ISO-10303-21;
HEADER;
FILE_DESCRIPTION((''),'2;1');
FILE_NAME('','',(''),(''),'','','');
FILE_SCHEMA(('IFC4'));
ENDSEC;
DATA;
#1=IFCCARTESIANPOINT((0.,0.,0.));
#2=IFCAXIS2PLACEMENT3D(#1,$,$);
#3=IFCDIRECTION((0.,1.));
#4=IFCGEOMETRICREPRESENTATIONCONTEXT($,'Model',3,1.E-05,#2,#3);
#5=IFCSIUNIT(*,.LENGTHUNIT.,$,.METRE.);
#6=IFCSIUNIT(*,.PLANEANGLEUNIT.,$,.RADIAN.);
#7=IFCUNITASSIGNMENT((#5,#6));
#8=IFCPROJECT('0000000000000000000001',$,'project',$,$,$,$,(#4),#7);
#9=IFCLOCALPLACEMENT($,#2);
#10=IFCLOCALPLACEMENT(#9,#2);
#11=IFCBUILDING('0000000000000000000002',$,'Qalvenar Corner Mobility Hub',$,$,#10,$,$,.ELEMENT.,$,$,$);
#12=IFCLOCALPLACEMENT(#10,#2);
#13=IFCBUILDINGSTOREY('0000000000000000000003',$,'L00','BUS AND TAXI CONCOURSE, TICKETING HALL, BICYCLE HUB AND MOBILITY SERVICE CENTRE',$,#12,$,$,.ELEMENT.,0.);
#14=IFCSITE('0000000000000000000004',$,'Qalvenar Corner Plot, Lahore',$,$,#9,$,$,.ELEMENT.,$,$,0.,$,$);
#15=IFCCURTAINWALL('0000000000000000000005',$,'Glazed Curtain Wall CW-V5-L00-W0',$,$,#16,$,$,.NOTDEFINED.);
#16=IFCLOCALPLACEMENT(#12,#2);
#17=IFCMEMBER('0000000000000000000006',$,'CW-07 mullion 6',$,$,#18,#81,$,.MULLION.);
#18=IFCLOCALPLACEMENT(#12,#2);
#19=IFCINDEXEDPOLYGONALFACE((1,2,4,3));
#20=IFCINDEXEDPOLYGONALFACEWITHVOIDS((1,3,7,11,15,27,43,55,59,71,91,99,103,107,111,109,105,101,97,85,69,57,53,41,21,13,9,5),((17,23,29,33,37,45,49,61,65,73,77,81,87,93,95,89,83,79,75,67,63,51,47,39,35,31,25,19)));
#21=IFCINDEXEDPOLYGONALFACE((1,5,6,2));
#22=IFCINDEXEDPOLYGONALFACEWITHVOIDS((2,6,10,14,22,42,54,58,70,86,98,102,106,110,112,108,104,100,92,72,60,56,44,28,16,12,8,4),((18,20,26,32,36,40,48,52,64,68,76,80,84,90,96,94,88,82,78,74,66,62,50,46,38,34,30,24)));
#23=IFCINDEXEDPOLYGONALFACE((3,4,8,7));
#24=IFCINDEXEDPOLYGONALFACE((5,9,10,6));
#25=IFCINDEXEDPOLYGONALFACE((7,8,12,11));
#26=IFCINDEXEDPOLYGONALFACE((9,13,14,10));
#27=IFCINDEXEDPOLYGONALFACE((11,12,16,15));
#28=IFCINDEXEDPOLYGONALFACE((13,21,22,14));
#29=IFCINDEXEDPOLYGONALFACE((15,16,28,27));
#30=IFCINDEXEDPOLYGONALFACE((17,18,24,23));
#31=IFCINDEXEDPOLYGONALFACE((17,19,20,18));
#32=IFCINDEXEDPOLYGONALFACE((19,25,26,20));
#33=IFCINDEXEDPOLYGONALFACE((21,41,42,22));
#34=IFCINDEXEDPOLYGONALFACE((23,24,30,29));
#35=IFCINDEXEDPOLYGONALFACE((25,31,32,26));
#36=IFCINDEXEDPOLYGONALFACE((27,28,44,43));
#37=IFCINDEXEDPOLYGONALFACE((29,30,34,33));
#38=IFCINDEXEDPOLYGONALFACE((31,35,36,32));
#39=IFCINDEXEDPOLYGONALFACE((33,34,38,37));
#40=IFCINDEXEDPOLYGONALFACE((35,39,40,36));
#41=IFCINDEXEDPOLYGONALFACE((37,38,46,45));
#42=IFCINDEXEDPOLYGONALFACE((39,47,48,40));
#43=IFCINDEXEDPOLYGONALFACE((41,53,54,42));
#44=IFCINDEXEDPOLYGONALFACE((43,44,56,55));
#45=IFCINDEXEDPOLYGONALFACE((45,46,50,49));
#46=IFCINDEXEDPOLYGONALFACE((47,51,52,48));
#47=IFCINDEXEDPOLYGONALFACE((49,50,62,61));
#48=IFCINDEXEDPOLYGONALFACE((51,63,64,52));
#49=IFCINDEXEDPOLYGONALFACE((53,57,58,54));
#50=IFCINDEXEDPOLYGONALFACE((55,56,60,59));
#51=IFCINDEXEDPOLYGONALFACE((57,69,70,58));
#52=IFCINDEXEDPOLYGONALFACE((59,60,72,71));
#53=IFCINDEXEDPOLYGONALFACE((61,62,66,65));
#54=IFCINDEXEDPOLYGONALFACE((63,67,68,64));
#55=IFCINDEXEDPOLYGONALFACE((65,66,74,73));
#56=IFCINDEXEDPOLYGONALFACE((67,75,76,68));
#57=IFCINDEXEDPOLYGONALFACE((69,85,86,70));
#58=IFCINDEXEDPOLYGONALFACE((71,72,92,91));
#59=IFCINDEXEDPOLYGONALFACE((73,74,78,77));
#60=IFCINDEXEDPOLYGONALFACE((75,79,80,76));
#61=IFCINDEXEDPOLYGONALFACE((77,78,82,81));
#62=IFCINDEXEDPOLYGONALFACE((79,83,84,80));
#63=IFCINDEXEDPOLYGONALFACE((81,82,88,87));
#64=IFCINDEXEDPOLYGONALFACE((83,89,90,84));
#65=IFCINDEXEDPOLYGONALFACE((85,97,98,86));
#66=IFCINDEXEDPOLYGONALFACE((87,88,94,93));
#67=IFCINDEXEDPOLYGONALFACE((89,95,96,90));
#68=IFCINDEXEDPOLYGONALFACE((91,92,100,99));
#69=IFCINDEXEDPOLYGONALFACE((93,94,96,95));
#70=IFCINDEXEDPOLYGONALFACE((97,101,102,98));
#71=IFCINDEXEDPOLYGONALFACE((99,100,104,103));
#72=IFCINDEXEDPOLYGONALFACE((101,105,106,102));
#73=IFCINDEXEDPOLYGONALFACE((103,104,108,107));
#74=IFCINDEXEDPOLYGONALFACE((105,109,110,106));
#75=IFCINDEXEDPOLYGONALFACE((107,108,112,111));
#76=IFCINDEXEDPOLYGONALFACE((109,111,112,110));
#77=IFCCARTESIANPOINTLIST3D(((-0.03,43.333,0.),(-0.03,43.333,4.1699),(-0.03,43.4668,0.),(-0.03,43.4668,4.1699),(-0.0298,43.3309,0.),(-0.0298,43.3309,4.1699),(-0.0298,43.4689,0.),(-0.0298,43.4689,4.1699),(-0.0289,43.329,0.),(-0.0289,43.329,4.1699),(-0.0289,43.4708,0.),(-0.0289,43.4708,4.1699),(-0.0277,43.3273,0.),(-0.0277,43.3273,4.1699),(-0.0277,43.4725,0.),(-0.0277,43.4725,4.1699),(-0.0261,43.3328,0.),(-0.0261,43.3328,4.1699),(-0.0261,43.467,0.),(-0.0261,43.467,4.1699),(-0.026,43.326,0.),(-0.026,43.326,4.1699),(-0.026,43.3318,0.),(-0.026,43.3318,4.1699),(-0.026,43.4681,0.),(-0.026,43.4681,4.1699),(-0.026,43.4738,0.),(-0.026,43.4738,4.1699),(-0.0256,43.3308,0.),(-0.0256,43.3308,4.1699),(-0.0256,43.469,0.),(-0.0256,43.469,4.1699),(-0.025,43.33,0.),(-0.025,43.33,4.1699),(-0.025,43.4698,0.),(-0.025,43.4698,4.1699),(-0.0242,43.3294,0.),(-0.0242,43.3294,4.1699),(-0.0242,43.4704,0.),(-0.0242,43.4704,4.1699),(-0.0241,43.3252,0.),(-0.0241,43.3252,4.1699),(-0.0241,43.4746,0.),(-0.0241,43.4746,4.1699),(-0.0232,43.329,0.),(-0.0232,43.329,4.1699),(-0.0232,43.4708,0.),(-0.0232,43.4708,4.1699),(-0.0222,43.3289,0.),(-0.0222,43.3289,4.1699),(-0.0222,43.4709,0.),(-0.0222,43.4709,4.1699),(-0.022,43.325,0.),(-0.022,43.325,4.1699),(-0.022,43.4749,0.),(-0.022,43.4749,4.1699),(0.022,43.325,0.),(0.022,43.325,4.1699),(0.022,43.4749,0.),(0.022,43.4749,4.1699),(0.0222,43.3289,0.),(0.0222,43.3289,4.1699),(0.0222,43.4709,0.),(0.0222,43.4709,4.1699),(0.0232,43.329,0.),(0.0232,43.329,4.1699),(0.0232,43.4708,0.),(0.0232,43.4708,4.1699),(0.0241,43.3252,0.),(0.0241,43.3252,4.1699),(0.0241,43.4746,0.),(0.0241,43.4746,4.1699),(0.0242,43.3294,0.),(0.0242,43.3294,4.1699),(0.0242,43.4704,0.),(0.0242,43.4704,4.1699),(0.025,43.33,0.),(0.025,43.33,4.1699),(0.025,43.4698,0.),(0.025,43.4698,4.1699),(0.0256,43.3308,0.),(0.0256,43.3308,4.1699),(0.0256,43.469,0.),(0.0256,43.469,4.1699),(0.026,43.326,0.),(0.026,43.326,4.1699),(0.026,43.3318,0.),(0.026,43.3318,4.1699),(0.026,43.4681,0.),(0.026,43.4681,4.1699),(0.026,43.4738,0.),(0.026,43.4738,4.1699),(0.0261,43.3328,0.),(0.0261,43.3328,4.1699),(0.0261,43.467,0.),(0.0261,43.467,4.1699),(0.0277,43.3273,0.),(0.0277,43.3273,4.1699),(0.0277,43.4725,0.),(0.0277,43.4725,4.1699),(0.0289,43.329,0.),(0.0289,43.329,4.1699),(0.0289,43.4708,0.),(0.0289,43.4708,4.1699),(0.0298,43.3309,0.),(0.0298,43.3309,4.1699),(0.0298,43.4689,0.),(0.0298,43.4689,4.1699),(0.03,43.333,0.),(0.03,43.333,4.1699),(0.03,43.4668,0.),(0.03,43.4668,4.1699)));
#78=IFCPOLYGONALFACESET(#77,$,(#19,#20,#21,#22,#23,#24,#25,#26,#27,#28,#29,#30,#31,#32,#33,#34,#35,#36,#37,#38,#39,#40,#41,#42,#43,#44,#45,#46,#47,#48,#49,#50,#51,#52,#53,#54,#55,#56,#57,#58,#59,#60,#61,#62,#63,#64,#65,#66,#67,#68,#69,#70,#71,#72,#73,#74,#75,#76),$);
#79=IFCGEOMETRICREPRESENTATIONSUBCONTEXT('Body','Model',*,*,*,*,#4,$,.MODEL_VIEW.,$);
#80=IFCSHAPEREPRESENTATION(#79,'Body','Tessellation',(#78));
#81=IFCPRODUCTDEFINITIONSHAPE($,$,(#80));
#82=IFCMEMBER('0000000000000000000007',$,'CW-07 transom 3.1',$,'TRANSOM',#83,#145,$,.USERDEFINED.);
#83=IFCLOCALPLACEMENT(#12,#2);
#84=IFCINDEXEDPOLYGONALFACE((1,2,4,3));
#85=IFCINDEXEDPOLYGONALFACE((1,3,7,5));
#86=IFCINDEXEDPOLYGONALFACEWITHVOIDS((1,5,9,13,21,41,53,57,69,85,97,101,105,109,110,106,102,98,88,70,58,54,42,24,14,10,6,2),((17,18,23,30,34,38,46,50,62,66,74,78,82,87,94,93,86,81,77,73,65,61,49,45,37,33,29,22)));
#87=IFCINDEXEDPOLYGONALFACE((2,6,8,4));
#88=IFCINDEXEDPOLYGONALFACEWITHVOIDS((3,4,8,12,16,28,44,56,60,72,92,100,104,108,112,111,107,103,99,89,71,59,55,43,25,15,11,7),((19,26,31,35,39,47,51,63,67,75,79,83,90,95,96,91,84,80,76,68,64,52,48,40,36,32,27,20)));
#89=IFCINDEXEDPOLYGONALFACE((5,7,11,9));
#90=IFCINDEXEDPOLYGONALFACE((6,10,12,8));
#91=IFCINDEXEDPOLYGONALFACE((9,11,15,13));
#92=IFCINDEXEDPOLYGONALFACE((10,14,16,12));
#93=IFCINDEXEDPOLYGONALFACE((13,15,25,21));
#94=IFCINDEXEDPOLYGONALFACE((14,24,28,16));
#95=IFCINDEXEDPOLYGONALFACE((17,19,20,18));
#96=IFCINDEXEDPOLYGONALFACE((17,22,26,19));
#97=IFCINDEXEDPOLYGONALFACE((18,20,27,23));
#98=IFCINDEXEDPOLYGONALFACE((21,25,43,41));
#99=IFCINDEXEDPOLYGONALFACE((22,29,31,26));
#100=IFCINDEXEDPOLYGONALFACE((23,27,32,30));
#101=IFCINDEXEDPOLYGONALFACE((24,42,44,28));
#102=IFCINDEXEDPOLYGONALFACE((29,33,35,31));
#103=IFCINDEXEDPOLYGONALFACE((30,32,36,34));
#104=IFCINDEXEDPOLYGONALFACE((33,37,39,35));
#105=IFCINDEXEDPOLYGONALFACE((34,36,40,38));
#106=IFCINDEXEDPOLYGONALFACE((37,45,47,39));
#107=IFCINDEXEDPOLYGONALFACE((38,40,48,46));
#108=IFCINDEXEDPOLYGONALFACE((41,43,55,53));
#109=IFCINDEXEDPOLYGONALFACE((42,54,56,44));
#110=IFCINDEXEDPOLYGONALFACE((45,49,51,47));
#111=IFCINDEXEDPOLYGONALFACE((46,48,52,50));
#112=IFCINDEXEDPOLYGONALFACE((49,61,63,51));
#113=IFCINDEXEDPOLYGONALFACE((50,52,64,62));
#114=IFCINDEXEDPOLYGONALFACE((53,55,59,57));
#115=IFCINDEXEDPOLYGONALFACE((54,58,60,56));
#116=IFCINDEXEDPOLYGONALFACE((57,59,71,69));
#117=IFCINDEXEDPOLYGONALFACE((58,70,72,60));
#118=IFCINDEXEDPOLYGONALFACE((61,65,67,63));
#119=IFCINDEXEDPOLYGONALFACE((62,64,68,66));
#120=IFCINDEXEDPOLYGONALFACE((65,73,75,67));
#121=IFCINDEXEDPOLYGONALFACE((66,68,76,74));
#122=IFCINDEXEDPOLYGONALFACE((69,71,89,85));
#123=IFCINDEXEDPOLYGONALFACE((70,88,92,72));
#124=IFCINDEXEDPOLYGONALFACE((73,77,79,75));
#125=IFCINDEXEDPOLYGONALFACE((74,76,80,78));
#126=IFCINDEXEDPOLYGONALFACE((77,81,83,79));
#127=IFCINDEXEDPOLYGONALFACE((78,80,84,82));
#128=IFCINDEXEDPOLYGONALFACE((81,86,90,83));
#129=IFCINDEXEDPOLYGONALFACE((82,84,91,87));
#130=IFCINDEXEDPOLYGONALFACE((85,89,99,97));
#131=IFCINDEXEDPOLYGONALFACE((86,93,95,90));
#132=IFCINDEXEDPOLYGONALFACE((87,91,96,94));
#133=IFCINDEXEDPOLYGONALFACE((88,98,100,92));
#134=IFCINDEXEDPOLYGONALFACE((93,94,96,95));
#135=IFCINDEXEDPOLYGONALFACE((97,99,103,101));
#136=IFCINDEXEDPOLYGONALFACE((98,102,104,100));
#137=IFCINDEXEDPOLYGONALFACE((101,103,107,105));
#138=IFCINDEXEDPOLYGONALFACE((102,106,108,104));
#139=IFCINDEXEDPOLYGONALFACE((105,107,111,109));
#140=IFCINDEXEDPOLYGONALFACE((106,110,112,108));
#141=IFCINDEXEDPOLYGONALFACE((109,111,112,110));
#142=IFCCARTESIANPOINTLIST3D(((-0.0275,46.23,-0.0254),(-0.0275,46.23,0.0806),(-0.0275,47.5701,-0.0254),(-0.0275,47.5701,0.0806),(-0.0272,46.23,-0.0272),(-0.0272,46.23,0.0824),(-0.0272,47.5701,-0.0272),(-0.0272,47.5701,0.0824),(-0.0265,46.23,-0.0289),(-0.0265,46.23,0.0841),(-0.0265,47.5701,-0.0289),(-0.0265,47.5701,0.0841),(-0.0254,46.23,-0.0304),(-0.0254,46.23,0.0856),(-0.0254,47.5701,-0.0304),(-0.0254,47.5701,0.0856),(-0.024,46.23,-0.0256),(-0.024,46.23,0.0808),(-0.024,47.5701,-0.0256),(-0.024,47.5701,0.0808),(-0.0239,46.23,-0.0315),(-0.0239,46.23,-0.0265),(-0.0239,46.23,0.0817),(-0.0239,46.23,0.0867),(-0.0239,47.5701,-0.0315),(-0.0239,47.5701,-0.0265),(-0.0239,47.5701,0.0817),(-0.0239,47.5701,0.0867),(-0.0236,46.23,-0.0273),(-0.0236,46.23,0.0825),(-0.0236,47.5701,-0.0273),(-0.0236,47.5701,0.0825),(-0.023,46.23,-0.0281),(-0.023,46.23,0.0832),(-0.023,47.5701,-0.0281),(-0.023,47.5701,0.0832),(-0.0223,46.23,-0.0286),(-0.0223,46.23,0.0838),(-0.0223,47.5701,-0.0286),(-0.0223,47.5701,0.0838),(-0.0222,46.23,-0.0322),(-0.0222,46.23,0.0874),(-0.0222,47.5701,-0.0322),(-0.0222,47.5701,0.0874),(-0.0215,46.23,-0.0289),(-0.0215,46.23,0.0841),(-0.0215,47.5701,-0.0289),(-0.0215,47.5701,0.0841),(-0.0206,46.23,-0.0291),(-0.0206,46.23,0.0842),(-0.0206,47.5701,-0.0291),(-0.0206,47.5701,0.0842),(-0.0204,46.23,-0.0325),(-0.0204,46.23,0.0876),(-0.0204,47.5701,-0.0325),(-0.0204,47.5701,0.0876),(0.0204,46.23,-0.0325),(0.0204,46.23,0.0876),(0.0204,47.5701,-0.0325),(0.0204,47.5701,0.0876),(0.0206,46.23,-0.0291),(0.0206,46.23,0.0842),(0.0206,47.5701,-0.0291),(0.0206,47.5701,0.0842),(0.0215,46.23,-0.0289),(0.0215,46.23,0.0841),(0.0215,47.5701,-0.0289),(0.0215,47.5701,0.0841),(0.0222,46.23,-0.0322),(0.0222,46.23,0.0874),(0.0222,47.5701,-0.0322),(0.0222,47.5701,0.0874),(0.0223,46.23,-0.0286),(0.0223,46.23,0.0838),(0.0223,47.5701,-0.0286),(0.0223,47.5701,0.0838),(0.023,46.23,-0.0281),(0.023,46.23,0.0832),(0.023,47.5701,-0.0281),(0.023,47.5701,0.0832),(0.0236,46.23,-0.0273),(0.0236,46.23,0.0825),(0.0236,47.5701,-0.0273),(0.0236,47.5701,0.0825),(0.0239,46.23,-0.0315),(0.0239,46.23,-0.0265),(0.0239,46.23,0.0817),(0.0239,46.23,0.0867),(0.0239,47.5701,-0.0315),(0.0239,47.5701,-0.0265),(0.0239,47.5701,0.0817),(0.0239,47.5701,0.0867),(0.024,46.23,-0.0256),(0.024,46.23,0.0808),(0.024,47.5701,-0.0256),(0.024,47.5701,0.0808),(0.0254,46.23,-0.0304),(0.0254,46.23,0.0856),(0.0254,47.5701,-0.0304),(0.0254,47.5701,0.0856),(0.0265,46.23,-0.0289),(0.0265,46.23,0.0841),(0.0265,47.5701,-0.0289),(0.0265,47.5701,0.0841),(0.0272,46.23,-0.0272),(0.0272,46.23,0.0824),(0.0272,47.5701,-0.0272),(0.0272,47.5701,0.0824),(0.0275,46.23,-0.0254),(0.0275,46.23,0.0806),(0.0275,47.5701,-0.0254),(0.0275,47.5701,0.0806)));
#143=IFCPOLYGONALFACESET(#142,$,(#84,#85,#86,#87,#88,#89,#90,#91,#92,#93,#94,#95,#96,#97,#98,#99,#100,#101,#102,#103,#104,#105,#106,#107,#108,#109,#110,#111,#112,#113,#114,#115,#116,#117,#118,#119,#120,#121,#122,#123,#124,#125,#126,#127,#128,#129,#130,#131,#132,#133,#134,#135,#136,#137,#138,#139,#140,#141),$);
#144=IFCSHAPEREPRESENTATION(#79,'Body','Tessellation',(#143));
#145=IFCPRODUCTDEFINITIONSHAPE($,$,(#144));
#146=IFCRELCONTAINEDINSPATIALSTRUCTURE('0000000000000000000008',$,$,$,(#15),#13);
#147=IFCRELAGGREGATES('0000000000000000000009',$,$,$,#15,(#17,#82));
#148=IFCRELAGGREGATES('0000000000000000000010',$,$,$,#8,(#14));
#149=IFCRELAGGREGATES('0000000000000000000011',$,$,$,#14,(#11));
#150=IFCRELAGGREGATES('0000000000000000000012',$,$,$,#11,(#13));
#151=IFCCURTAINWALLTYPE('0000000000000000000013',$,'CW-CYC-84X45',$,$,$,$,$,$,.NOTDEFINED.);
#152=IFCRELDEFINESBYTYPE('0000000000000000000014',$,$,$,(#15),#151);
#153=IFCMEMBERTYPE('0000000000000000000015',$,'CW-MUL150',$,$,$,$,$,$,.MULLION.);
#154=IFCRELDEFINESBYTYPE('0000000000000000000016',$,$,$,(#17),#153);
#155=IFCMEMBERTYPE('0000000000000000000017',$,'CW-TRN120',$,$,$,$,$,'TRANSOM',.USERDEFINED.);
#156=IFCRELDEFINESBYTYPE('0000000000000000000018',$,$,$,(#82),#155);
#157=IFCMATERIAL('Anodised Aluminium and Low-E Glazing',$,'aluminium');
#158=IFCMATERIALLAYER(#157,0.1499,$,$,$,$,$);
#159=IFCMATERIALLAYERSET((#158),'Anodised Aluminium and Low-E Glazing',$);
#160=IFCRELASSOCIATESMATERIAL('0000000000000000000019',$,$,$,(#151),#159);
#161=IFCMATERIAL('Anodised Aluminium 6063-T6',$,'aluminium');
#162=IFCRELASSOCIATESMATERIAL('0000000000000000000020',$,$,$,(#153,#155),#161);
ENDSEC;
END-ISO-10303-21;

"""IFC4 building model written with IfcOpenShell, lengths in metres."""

from ifc_helpers import new_model, si_unit, direction, frame, origin, origin_2d, place, context, subcontext, project, spatial, hollow_rectangle, extrude, material, layer, layer_set, material_profile, profile_set, type_object, element, aggregate, save


model = new_model("IFC4")

# Units and contexts
model_context = context("Model", 3, precision=1e-05, world=origin(), true_north=direction((0.0, 1.0)))
body_context = subcontext(model_context, "Body", "Model", "MODEL_VIEW")
ifc_project = project(units=[si_unit("LENGTHUNIT", "METRE"), si_unit("PLANEANGLEUNIT", "RADIAN")], contexts=[model_context])

# Site, building, storey
site_placement = place(None, origin())
site = spatial("IfcSite", under=ifc_project, at=site_placement, Name="Qalvenar Corner Plot, Lahore", CompositionType="ELEMENT", RefElevation=0.0)
building_placement = place(site_placement, origin())
building = spatial("IfcBuilding", under=site, at=building_placement, Name="Qalvenar Corner Mobility Hub", CompositionType="ELEMENT")
storey_placement = place(building_placement, origin())
storey = spatial("IfcBuildingStorey", under=building, at=storey_placement, Name="L00", Description="BUS AND TAXI CONCOURSE, TICKETING HALL, BICYCLE HUB AND MOBILITY SERVICE CENTRE", CompositionType="ELEMENT", Elevation=0.0)

# Curtain wall, members
ifc_material_1 = material(Name="Anodised Aluminium and Low-E Glazing", Category="aluminium")
ifc_layer_1 = layer(ifc_material_1, 0.1499)
ifc_layer_set_1 = layer_set([ifc_layer_1], Name="Anodised Aluminium and Low-E Glazing")
curtain_wall_type = type_object("IfcCurtainWallType", Name="CW-CYC-84X45", PredefinedType="NOTDEFINED", material=ifc_layer_set_1)
curtain_wall_placement = place(storey_placement, origin())
curtain_wall = element("IfcCurtainWall", 1, at=curtain_wall_placement, inside=storey, type_object=curtain_wall_type, Name="Glazed Curtain Wall CW-V5-L00-W0", PredefinedType="NOTDEFINED")
ifc_material_2 = material(Name="Anodised Aluminium 6063-T6", Category="aluminium")
ifc_material_profile_1 = material_profile(ifc_material_2, hollow_rectangle(XDim=0.0601, YDim=0.1499, WallThickness=0.0039, InnerFilletRadius=0.0039, OuterFilletRadius=0.0081, at=origin_2d()), Name="RHS150x60x4")
ifc_profile_set_1 = profile_set([ifc_material_profile_1], Name="Anodised Aluminium 6063-T6")
member_type_1 = type_object("IfcMemberType", Name="CW-MUL150", PredefinedType="MULLION", material=ifc_profile_set_1)
member_1_placement = place(storey_placement, frame((0.0, 43.3999, 0.0), z_axis=(0.0, 0.0, 1.0), x_axis=(1.0, 0.0, 0.0)))
member_1 = element("IfcMember", 2, at=member_1_placement, type_object=member_type_1, Name="CW-07 mullion 6", PredefinedType="MULLION", context=body_context, shape_type="SweptSolid", body=[
    extrude(hollow_rectangle(XDim=0.0601, YDim=0.1499, WallThickness=0.0039, InnerFilletRadius=0.0039, OuterFilletRadius=0.0081, at=origin_2d()), origin(), (0.0, 0.0, 1.0), 4.1699),
])
ifc_material_profile_2 = material_profile(ifc_material_2, hollow_rectangle(XDim=0.0549, YDim=0.1201, WallThickness=0.0034, InnerFilletRadius=0.0034, OuterFilletRadius=0.0071, at=origin_2d()), Name="RHS120x55x3.5")
ifc_profile_set_2 = profile_set([ifc_material_profile_2], Name="Anodised Aluminium 6063-T6")
member_type_2 = type_object("IfcMemberType", Name="CW-TRN120", ElementType="TRANSOM", PredefinedType="USERDEFINED", material=ifc_profile_set_2)
member_2_placement = place(storey_placement, frame((0.0, 47.5701, 0.0276), z_axis=(0.0, -1.0, 0.0), x_axis=(1.0, 0.0, 0.0)))
member_2 = element("IfcMember", 3, at=member_2_placement, type_object=member_type_2, Name="CW-07 transom 3.1", ObjectType="TRANSOM", PredefinedType="USERDEFINED", context=body_context, shape_type="SweptSolid", body=[
    extrude(hollow_rectangle(XDim=0.0549, YDim=0.1201, WallThickness=0.0034, InnerFilletRadius=0.0034, OuterFilletRadius=0.0071, at=origin_2d()), origin(), (0.0, 0.0, 1.0), 1.3401),
])
aggregate(curtain_wall, [member_1, member_2])

save(model, "model.ifc")
